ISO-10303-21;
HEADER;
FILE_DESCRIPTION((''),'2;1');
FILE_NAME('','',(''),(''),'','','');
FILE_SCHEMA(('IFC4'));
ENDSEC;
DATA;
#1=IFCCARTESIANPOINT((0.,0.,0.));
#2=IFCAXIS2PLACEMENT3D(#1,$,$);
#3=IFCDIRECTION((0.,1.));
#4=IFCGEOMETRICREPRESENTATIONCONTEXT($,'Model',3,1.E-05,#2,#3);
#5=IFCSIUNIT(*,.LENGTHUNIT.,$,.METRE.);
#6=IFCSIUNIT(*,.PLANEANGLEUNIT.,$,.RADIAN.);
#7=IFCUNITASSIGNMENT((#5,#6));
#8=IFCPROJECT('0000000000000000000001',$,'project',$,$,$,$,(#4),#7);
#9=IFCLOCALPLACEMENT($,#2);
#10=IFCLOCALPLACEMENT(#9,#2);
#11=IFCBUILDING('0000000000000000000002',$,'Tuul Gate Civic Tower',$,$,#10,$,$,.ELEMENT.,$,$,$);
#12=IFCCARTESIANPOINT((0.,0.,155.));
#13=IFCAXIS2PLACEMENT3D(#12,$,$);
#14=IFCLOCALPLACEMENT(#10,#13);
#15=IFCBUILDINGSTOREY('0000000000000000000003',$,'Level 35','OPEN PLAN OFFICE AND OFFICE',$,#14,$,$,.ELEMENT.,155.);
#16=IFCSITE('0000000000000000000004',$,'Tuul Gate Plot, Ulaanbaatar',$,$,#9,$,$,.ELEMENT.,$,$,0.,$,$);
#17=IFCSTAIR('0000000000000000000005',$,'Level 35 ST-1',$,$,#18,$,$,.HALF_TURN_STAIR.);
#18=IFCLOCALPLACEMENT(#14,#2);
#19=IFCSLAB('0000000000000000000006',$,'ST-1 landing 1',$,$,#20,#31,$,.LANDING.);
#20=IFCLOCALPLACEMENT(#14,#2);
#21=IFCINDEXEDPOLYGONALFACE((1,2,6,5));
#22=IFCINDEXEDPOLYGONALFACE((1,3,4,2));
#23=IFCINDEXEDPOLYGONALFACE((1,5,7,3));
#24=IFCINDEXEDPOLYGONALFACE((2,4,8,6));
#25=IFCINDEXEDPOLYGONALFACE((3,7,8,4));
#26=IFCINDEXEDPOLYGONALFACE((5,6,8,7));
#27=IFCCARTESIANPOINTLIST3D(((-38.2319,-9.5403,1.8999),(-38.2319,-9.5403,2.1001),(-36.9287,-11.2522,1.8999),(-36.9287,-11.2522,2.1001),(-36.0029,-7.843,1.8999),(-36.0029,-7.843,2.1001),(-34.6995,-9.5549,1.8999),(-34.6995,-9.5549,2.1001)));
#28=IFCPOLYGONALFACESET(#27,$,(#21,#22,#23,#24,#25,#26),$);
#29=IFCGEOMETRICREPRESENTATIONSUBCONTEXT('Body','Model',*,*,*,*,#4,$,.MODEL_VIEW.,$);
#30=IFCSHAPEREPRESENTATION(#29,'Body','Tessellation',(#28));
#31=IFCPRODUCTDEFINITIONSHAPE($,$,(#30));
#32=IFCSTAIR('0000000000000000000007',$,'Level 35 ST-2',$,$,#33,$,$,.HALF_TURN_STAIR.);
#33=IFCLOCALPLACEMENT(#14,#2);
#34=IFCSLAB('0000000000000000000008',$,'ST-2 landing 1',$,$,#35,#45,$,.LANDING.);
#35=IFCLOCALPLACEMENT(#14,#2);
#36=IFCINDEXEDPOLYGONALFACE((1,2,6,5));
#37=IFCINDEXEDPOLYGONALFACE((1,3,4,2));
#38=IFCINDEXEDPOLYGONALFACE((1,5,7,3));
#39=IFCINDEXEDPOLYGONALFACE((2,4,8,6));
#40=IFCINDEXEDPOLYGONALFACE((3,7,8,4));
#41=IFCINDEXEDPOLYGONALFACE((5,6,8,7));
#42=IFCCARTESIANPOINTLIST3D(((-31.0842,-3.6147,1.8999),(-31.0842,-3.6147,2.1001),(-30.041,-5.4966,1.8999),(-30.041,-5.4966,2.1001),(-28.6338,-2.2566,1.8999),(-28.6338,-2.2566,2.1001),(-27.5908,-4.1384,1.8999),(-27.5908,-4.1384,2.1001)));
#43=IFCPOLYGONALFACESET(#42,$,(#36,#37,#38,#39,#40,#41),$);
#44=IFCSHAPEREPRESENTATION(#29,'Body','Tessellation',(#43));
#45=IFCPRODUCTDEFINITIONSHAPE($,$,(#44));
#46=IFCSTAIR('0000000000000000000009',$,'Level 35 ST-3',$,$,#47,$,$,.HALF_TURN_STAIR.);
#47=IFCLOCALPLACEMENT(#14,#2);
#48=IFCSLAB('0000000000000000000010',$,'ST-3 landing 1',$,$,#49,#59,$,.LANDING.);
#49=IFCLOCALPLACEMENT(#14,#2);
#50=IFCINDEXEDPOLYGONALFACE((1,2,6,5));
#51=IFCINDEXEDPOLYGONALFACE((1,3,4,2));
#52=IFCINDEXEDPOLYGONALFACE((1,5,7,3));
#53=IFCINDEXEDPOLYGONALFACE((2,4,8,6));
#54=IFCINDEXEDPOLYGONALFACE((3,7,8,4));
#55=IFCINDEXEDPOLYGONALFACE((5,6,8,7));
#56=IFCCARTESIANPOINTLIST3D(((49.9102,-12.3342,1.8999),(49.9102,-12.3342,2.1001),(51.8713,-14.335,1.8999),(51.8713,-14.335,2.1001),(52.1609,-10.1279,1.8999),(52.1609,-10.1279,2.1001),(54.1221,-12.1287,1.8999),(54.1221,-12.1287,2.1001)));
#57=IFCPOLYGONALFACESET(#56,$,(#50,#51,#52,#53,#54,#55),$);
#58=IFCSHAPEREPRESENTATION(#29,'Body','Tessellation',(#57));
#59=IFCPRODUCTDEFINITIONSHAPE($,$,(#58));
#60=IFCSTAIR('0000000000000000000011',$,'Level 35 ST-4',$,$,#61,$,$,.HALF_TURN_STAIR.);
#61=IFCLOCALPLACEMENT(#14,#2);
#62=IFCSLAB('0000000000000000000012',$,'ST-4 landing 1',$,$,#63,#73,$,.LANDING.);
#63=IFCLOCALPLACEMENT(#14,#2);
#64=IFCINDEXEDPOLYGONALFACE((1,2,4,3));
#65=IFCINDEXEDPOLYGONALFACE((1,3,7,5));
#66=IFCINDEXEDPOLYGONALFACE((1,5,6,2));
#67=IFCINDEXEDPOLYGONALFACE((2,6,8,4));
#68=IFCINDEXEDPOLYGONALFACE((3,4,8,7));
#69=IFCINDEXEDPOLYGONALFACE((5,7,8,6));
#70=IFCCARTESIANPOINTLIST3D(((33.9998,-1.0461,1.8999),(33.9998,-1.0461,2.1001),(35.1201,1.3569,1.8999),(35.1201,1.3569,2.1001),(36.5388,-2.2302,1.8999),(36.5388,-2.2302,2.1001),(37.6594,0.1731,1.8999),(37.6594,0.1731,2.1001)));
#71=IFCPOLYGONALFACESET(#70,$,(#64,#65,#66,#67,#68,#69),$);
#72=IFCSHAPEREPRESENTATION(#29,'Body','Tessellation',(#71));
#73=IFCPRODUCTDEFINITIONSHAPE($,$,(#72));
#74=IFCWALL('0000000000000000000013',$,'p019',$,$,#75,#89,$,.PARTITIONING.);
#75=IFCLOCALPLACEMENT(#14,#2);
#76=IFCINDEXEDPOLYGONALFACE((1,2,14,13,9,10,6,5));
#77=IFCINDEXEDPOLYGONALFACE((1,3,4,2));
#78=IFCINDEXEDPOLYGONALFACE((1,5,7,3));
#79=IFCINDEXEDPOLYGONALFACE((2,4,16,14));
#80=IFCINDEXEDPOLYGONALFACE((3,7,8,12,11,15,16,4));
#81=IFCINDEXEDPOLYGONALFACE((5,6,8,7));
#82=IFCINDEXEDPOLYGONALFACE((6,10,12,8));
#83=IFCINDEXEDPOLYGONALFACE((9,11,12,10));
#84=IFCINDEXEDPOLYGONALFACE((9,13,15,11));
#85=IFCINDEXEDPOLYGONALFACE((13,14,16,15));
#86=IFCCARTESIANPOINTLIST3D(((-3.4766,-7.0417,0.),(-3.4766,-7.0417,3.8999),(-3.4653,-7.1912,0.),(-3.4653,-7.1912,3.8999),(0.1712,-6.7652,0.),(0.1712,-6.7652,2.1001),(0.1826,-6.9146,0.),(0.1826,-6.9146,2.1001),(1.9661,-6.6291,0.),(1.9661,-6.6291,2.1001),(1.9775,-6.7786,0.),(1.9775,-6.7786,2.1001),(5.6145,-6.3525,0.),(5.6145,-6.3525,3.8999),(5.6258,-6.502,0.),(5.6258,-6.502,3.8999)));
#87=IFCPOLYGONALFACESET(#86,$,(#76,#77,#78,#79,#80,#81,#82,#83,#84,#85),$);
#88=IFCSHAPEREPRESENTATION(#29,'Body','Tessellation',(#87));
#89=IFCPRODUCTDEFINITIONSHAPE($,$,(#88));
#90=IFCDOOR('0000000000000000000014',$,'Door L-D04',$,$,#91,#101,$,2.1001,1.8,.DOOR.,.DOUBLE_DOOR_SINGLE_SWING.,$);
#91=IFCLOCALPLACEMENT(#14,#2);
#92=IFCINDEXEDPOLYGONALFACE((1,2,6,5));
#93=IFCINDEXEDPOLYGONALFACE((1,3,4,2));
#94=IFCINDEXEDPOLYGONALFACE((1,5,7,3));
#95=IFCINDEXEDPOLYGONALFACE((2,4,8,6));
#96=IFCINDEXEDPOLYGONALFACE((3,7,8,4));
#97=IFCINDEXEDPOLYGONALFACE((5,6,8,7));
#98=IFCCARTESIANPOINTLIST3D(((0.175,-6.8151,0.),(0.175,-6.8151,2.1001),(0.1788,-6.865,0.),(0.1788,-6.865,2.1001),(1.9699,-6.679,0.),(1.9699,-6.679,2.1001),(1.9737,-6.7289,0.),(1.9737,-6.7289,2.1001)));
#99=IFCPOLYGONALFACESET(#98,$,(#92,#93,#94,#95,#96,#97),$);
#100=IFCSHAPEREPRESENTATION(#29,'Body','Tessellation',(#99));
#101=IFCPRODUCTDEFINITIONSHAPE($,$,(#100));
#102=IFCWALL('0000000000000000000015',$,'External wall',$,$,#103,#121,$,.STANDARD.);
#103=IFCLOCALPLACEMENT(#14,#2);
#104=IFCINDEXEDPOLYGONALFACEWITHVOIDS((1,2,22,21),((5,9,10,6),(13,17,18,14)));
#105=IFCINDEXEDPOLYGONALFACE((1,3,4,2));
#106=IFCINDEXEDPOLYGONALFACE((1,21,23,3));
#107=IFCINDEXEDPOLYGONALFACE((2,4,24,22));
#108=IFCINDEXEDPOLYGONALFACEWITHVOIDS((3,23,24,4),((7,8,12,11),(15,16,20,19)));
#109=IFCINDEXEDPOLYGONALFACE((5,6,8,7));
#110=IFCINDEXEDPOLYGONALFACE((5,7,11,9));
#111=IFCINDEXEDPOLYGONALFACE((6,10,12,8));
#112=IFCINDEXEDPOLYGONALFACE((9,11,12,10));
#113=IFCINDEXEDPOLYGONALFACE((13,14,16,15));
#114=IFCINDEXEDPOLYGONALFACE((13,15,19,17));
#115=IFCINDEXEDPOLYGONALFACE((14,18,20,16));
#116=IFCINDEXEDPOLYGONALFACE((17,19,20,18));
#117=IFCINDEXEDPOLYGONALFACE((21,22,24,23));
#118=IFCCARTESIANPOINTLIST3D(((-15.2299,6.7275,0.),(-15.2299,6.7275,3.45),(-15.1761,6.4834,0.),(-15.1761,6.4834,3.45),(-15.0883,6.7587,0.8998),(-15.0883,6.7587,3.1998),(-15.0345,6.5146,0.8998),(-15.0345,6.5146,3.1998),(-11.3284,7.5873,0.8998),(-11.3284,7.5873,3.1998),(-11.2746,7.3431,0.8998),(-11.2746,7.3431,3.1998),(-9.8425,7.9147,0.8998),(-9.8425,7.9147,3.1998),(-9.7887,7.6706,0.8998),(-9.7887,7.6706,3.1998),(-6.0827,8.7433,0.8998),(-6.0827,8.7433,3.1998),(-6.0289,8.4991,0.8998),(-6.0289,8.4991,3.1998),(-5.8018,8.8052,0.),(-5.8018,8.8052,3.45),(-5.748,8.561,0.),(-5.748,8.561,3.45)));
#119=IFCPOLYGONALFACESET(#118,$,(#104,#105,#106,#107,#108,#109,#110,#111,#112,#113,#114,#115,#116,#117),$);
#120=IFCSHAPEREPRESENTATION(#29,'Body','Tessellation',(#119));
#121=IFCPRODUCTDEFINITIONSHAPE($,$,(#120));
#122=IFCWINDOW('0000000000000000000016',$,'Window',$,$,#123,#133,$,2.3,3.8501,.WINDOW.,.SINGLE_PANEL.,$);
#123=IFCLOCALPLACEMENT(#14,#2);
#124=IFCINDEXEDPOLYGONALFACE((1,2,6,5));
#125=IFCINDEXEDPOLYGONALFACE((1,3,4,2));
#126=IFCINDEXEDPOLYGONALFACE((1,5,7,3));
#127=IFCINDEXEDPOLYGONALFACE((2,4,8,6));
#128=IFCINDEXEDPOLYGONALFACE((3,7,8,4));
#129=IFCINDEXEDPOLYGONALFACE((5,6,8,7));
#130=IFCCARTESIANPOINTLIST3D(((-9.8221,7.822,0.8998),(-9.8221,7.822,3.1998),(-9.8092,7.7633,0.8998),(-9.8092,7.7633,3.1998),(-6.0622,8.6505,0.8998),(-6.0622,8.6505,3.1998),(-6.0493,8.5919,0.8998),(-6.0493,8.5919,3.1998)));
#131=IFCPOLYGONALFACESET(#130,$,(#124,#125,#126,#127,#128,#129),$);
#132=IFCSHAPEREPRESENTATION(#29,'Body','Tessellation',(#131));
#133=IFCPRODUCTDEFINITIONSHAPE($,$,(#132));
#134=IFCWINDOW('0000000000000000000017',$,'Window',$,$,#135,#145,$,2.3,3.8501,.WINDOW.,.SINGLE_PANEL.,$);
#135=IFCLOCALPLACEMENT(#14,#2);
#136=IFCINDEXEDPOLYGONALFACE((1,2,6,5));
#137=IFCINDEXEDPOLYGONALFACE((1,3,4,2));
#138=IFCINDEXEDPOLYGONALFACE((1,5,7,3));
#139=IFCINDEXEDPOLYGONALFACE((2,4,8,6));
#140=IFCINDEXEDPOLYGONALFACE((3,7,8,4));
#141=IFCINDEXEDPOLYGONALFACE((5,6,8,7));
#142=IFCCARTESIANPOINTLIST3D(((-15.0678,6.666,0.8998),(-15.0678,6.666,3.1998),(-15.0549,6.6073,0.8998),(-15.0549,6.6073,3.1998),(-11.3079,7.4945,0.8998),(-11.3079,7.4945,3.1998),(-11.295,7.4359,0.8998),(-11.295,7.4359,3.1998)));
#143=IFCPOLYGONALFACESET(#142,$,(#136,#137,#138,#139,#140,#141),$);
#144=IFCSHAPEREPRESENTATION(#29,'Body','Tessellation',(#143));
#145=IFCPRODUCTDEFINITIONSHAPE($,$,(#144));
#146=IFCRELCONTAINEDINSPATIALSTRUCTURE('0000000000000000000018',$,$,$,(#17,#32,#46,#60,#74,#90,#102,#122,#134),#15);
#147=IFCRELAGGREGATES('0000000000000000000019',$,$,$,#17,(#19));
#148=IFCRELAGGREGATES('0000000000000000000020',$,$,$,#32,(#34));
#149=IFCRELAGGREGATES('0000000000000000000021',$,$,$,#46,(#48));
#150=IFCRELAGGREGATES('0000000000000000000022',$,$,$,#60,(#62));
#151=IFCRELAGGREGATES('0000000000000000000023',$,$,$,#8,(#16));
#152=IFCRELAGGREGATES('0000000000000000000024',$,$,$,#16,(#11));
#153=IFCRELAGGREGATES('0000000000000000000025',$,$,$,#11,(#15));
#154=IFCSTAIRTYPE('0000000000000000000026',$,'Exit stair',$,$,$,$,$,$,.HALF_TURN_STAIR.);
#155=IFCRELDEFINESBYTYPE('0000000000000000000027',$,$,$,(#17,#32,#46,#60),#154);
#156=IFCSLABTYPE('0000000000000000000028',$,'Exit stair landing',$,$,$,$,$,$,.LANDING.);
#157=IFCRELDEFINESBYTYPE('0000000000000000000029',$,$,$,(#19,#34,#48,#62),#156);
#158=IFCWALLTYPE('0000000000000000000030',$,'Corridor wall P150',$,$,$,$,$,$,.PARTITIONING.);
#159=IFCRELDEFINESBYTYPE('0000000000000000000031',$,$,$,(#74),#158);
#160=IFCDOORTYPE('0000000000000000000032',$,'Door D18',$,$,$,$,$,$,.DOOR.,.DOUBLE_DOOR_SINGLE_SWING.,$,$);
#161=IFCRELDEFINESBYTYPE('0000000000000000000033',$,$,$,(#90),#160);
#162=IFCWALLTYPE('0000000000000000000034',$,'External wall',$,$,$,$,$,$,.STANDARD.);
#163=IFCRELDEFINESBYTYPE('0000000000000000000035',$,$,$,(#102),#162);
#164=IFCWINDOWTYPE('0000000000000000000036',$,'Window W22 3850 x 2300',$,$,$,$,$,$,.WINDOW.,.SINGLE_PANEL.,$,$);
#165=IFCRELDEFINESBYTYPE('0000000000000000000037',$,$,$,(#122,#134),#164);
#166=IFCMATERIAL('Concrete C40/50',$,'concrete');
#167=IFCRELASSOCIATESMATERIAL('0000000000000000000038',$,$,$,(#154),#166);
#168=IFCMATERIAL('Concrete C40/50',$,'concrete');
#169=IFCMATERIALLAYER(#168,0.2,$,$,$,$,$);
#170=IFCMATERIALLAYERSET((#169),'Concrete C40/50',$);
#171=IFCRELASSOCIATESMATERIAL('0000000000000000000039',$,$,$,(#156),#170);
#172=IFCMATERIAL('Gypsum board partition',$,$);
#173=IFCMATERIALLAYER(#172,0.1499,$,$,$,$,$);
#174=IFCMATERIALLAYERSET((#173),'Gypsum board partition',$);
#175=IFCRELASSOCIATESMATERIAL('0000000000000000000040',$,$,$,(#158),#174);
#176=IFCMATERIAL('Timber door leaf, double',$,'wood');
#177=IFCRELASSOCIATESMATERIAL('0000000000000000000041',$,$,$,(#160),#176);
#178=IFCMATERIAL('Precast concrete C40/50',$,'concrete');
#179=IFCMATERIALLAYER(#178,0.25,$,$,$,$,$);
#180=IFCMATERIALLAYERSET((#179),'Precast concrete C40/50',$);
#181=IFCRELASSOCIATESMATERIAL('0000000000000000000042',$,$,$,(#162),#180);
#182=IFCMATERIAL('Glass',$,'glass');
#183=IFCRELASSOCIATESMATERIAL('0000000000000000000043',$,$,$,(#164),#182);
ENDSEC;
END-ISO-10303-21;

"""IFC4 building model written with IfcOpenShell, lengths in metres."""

from ifc_helpers import new_model, si_unit, direction, frame, frame_2d, origin, place, context, subcontext, project, spatial, polyline, rectangle, outline, extrude, material, layer, layer_set, type_object, element, fill, aggregate, save


model = new_model("IFC4")

# Units and contexts
model_context = context("Model", 3, precision=1e-05, world=origin(), true_north=direction((0.0, 1.0)))
body_context = subcontext(model_context, "Body", "Model", "MODEL_VIEW")
ifc_project = project(units=[si_unit("LENGTHUNIT", "METRE"), si_unit("PLANEANGLEUNIT", "RADIAN")], contexts=[model_context])

# Site, building, storey
site_placement = place(None, origin())
site = spatial("IfcSite", under=ifc_project, at=site_placement, Name="Tuul Gate Plot, Ulaanbaatar", CompositionType="ELEMENT", RefElevation=0.0)
building_placement = place(site_placement, origin())
building = spatial("IfcBuilding", under=site, at=building_placement, Name="Tuul Gate Civic Tower", CompositionType="ELEMENT")
storey_placement = place(building_placement, frame((0.0, 0.0, 155.0)))
storey = spatial("IfcBuildingStorey", under=building, at=storey_placement, Name="Level 35", Description="OPEN PLAN OFFICE AND OFFICE", CompositionType="ELEMENT", Elevation=155.0)

# Stairs, slabs
ifc_material_1 = material(Name="Concrete C40/50", Category="concrete")
stair_type = type_object("IfcStairType", Name="Exit stair", PredefinedType="HALF_TURN_STAIR", material=ifc_material_1)
stair_1_placement = place(storey_placement, origin())
stair_1 = element("IfcStair", 1, at=stair_1_placement, inside=storey, type_object=stair_type, Name="Level 35 ST-1", PredefinedType="HALF_TURN_STAIR")
ifc_material_2 = material(Name="Concrete C40/50", Category="concrete")
ifc_layer_1 = layer(ifc_material_2, 0.2)
ifc_layer_set_1 = layer_set([ifc_layer_1], Name="Concrete C40/50")
slab_type_1 = type_object("IfcSlabType", Name="Exit stair landing", PredefinedType="LANDING", material=ifc_layer_set_1)
slab_1_placement = place(storey_placement, frame((0.0, 0.0, 1.8999)))
slab_1 = element("IfcSlab", 2, at=slab_1_placement, type_object=slab_type_1, Name="ST-1 landing 1", PredefinedType="LANDING", context=body_context, shape_type="SweptSolid", body=[
    extrude(outline(polyline([(-34.6995, -9.5549), (-36.9287, -11.2522), (-38.2319, -9.5403), (-36.0029, -7.843), (-34.6995, -9.5549)])), origin(), (0.0, 0.0, 1.0), 0.2002),
])
aggregate(stair_1, [slab_1])
stair_2_placement = place(storey_placement, origin())
stair_2 = element("IfcStair", 3, at=stair_2_placement, inside=storey, type_object=stair_type, Name="Level 35 ST-2", PredefinedType="HALF_TURN_STAIR")
slab_2_placement = place(storey_placement, frame((0.0, 0.0, 1.8999)))
slab_2 = element("IfcSlab", 4, at=slab_2_placement, type_object=slab_type_1, Name="ST-2 landing 1", PredefinedType="LANDING", context=body_context, shape_type="SweptSolid", body=[
    extrude(outline(polyline([(-27.5908, -4.1384), (-30.041, -5.4966), (-31.0842, -3.6147), (-28.6338, -2.2566), (-27.5908, -4.1384)])), origin(), (0.0, 0.0, 1.0), 0.2002),
])
aggregate(stair_2, [slab_2])
stair_3_placement = place(storey_placement, origin())
stair_3 = element("IfcStair", 5, at=stair_3_placement, inside=storey, type_object=stair_type, Name="Level 35 ST-3", PredefinedType="HALF_TURN_STAIR")
slab_3_placement = place(storey_placement, frame((0.0, 0.0, 1.8999)))
slab_3 = element("IfcSlab", 6, at=slab_3_placement, type_object=slab_type_1, Name="ST-3 landing 1", PredefinedType="LANDING", context=body_context, shape_type="SweptSolid", body=[
    extrude(outline(polyline([(51.8713, -14.335), (49.9102, -12.3342), (52.1609, -10.1279), (54.1221, -12.1287), (51.8713, -14.335)])), origin(), (0.0, 0.0, 1.0), 0.2002),
])
aggregate(stair_3, [slab_3])
stair_4_placement = place(storey_placement, origin())
stair_4 = element("IfcStair", 7, at=stair_4_placement, inside=storey, type_object=stair_type, Name="Level 35 ST-4", PredefinedType="HALF_TURN_STAIR")
slab_4_placement = place(storey_placement, frame((0.0, 0.0, 1.8999)))
slab_4 = element("IfcSlab", 8, at=slab_4_placement, type_object=slab_type_1, Name="ST-4 landing 1", PredefinedType="LANDING", context=body_context, shape_type="SweptSolid", body=[
    extrude(outline(polyline([(36.5388, -2.2302), (33.9998, -1.0461), (35.1201, 1.3569), (37.6594, 0.1731), (36.5388, -2.2302)])), origin(), (0.0, 0.0, 1.0), 0.2002),
])
aggregate(stair_4, [slab_4])

# Wall, opening, door
ifc_material_3 = material(Name="Gypsum board partition")
ifc_layer_2 = layer(ifc_material_3, 0.1499)
ifc_layer_set_2 = layer_set([ifc_layer_2], Name="Gypsum board partition")
wall_type_1 = type_object("IfcWallType", Name="Corridor wall P150", PredefinedType="PARTITIONING", material=ifc_layer_set_2)
wall_1_placement = place(storey_placement, frame((-3.4709, -7.1165, 0.0), z_axis=(0.0, 0.0, 1.0), x_axis=(0.997139, 0.075595, 0.0)))
wall_1 = element("IfcWall", 9, at=wall_1_placement, inside=storey, type_object=wall_type_1, Name="p019", PredefinedType="PARTITIONING", context=body_context, shape_type="SweptSolid", body=[
    extrude(rectangle(XDim=9.1172, YDim=0.1499, at=frame_2d((4.5586, 0.0))), origin(), (0.0, 0.0, 1.0), 3.8999),
])
opening_1_placement = place(wall_1_placement, frame((3.6584, 0.0, 0.0)))
opening_1 = element("IfcOpeningElement", 10, at=opening_1_placement, cuts=wall_1, PredefinedType="OPENING", context=body_context, shape_type="SweptSolid", body=[
    extrude(rectangle(XDim=1.8, YDim=2.1001, at=frame_2d((0.8999, 1.05))), frame((0.0, 0.085, 0.0), z_axis=(0.0, -1.0, 0.0), x_axis=(1.0, 0.0, 0.0)), (0.0, 0.0, 1.0), 0.1699),
])
ifc_material_4 = material(Name="Timber door leaf, double", Category="wood")
door_type = type_object("IfcDoorType", Name="Door D18", OperationType="DOUBLE_DOOR_SINGLE_SWING", PredefinedType="DOOR", material=ifc_material_4)
door_placement = place(opening_1_placement, origin())
door = element("IfcDoor", 11, at=door_placement, inside=storey, type_object=door_type, Name="Door L-D04", OperationType="DOUBLE_DOOR_SINGLE_SWING", OverallHeight=2.1001, OverallWidth=1.8, PredefinedType="DOOR", context=body_context, shape_type="SweptSolid", body=[
    extrude(rectangle(XDim=1.8, YDim=2.1001, at=frame_2d((0.8999, 1.05))), frame((0.0, 0.0249, 0.0), z_axis=(0.0, -1.0, 0.0), x_axis=(1.0, 0.0, 0.0)), (0.0, 0.0, 1.0), 0.05),
])
fill(opening_1, door)

# Wall, openings, windows
ifc_material_5 = material(Name="Precast concrete C40/50", Category="concrete")
ifc_layer_3 = layer(ifc_material_5, 0.25)
ifc_layer_set_3 = layer_set([ifc_layer_3], Name="Precast concrete C40/50")
wall_type_2 = type_object("IfcWallType", Name="External wall", PredefinedType="STANDARD", material=ifc_layer_set_3)
wall_2_placement = place(storey_placement, frame((-5.7749, 8.6831, 0.0), z_axis=(0.0, 0.0, 1.0), x_axis=(-0.976569, -0.215206, 0.0)))
wall_2 = element("IfcWall", 12, at=wall_2_placement, inside=storey, type_object=wall_type_2, Name="External wall", PredefinedType="STANDARD", context=body_context, shape_type="SweptSolid", body=[
    extrude(rectangle(XDim=9.6543, YDim=0.25, at=frame_2d((4.8271, 0.0))), origin(), (0.0, 0.0, 1.0), 3.45),
])
opening_2_placement = place(wall_2_placement, frame((0.2876, 0.0, 0.8999)))
opening_2 = element("IfcOpeningElement", 13, at=opening_2_placement, cuts=wall_2, PredefinedType="OPENING", context=body_context, shape_type="SweptSolid", body=[
    extrude(rectangle(XDim=3.8501, YDim=2.3, at=frame_2d((1.925, 1.1499))), frame((0.0, 0.135, 0.0), z_axis=(0.0, -1.0, 0.0), x_axis=(1.0, 0.0, 0.0)), (0.0, 0.0, 1.0), 0.27),
])
opening_3_placement = place(wall_2_placement, frame((5.6592, 0.0, 0.8999)))
opening_3 = element("IfcOpeningElement", 14, at=opening_3_placement, cuts=wall_2, PredefinedType="OPENING", context=body_context, shape_type="SweptSolid", body=[
    extrude(rectangle(XDim=3.8501, YDim=2.3, at=frame_2d((1.925, 1.1499))), frame((0.0, 0.135, 0.0), z_axis=(0.0, -1.0, 0.0), x_axis=(1.0, 0.0, 0.0)), (0.0, 0.0, 1.0), 0.27),
])
ifc_material_6 = material(Name="Glass", Category="glass")
window_type = type_object("IfcWindowType", Name="Window W22 3850 x 2300", PartitioningType="SINGLE_PANEL", PredefinedType="WINDOW", material=ifc_material_6)
window_1_placement = place(opening_2_placement, origin())
window_1 = element("IfcWindow", 15, at=window_1_placement, inside=storey, type_object=window_type, Name="Window", OverallHeight=2.3, OverallWidth=3.8501, PartitioningType="SINGLE_PANEL", PredefinedType="WINDOW", context=body_context, shape_type="SweptSolid", body=[
    extrude(rectangle(XDim=3.8501, YDim=2.3, at=frame_2d((1.925, 1.1499))), frame((0.0, 0.03, 0.0), z_axis=(0.0, -1.0, 0.0), x_axis=(1.0, 0.0, 0.0)), (0.0, 0.0, 1.0), 0.0601),
])
fill(opening_2, window_1)
window_2_placement = place(opening_3_placement, origin())
window_2 = element("IfcWindow", 16, at=window_2_placement, inside=storey, type_object=window_type, Name="Window", OverallHeight=2.3, OverallWidth=3.8501, PartitioningType="SINGLE_PANEL", PredefinedType="WINDOW", context=body_context, shape_type="SweptSolid", body=[
    extrude(rectangle(XDim=3.8501, YDim=2.3, at=frame_2d((1.925, 1.1499))), frame((0.0, 0.03, 0.0), z_axis=(0.0, -1.0, 0.0), x_axis=(1.0, 0.0, 0.0)), (0.0, 0.0, 1.0), 0.0601),
])
fill(opening_3, window_2)

save(model, "model.ifc")
